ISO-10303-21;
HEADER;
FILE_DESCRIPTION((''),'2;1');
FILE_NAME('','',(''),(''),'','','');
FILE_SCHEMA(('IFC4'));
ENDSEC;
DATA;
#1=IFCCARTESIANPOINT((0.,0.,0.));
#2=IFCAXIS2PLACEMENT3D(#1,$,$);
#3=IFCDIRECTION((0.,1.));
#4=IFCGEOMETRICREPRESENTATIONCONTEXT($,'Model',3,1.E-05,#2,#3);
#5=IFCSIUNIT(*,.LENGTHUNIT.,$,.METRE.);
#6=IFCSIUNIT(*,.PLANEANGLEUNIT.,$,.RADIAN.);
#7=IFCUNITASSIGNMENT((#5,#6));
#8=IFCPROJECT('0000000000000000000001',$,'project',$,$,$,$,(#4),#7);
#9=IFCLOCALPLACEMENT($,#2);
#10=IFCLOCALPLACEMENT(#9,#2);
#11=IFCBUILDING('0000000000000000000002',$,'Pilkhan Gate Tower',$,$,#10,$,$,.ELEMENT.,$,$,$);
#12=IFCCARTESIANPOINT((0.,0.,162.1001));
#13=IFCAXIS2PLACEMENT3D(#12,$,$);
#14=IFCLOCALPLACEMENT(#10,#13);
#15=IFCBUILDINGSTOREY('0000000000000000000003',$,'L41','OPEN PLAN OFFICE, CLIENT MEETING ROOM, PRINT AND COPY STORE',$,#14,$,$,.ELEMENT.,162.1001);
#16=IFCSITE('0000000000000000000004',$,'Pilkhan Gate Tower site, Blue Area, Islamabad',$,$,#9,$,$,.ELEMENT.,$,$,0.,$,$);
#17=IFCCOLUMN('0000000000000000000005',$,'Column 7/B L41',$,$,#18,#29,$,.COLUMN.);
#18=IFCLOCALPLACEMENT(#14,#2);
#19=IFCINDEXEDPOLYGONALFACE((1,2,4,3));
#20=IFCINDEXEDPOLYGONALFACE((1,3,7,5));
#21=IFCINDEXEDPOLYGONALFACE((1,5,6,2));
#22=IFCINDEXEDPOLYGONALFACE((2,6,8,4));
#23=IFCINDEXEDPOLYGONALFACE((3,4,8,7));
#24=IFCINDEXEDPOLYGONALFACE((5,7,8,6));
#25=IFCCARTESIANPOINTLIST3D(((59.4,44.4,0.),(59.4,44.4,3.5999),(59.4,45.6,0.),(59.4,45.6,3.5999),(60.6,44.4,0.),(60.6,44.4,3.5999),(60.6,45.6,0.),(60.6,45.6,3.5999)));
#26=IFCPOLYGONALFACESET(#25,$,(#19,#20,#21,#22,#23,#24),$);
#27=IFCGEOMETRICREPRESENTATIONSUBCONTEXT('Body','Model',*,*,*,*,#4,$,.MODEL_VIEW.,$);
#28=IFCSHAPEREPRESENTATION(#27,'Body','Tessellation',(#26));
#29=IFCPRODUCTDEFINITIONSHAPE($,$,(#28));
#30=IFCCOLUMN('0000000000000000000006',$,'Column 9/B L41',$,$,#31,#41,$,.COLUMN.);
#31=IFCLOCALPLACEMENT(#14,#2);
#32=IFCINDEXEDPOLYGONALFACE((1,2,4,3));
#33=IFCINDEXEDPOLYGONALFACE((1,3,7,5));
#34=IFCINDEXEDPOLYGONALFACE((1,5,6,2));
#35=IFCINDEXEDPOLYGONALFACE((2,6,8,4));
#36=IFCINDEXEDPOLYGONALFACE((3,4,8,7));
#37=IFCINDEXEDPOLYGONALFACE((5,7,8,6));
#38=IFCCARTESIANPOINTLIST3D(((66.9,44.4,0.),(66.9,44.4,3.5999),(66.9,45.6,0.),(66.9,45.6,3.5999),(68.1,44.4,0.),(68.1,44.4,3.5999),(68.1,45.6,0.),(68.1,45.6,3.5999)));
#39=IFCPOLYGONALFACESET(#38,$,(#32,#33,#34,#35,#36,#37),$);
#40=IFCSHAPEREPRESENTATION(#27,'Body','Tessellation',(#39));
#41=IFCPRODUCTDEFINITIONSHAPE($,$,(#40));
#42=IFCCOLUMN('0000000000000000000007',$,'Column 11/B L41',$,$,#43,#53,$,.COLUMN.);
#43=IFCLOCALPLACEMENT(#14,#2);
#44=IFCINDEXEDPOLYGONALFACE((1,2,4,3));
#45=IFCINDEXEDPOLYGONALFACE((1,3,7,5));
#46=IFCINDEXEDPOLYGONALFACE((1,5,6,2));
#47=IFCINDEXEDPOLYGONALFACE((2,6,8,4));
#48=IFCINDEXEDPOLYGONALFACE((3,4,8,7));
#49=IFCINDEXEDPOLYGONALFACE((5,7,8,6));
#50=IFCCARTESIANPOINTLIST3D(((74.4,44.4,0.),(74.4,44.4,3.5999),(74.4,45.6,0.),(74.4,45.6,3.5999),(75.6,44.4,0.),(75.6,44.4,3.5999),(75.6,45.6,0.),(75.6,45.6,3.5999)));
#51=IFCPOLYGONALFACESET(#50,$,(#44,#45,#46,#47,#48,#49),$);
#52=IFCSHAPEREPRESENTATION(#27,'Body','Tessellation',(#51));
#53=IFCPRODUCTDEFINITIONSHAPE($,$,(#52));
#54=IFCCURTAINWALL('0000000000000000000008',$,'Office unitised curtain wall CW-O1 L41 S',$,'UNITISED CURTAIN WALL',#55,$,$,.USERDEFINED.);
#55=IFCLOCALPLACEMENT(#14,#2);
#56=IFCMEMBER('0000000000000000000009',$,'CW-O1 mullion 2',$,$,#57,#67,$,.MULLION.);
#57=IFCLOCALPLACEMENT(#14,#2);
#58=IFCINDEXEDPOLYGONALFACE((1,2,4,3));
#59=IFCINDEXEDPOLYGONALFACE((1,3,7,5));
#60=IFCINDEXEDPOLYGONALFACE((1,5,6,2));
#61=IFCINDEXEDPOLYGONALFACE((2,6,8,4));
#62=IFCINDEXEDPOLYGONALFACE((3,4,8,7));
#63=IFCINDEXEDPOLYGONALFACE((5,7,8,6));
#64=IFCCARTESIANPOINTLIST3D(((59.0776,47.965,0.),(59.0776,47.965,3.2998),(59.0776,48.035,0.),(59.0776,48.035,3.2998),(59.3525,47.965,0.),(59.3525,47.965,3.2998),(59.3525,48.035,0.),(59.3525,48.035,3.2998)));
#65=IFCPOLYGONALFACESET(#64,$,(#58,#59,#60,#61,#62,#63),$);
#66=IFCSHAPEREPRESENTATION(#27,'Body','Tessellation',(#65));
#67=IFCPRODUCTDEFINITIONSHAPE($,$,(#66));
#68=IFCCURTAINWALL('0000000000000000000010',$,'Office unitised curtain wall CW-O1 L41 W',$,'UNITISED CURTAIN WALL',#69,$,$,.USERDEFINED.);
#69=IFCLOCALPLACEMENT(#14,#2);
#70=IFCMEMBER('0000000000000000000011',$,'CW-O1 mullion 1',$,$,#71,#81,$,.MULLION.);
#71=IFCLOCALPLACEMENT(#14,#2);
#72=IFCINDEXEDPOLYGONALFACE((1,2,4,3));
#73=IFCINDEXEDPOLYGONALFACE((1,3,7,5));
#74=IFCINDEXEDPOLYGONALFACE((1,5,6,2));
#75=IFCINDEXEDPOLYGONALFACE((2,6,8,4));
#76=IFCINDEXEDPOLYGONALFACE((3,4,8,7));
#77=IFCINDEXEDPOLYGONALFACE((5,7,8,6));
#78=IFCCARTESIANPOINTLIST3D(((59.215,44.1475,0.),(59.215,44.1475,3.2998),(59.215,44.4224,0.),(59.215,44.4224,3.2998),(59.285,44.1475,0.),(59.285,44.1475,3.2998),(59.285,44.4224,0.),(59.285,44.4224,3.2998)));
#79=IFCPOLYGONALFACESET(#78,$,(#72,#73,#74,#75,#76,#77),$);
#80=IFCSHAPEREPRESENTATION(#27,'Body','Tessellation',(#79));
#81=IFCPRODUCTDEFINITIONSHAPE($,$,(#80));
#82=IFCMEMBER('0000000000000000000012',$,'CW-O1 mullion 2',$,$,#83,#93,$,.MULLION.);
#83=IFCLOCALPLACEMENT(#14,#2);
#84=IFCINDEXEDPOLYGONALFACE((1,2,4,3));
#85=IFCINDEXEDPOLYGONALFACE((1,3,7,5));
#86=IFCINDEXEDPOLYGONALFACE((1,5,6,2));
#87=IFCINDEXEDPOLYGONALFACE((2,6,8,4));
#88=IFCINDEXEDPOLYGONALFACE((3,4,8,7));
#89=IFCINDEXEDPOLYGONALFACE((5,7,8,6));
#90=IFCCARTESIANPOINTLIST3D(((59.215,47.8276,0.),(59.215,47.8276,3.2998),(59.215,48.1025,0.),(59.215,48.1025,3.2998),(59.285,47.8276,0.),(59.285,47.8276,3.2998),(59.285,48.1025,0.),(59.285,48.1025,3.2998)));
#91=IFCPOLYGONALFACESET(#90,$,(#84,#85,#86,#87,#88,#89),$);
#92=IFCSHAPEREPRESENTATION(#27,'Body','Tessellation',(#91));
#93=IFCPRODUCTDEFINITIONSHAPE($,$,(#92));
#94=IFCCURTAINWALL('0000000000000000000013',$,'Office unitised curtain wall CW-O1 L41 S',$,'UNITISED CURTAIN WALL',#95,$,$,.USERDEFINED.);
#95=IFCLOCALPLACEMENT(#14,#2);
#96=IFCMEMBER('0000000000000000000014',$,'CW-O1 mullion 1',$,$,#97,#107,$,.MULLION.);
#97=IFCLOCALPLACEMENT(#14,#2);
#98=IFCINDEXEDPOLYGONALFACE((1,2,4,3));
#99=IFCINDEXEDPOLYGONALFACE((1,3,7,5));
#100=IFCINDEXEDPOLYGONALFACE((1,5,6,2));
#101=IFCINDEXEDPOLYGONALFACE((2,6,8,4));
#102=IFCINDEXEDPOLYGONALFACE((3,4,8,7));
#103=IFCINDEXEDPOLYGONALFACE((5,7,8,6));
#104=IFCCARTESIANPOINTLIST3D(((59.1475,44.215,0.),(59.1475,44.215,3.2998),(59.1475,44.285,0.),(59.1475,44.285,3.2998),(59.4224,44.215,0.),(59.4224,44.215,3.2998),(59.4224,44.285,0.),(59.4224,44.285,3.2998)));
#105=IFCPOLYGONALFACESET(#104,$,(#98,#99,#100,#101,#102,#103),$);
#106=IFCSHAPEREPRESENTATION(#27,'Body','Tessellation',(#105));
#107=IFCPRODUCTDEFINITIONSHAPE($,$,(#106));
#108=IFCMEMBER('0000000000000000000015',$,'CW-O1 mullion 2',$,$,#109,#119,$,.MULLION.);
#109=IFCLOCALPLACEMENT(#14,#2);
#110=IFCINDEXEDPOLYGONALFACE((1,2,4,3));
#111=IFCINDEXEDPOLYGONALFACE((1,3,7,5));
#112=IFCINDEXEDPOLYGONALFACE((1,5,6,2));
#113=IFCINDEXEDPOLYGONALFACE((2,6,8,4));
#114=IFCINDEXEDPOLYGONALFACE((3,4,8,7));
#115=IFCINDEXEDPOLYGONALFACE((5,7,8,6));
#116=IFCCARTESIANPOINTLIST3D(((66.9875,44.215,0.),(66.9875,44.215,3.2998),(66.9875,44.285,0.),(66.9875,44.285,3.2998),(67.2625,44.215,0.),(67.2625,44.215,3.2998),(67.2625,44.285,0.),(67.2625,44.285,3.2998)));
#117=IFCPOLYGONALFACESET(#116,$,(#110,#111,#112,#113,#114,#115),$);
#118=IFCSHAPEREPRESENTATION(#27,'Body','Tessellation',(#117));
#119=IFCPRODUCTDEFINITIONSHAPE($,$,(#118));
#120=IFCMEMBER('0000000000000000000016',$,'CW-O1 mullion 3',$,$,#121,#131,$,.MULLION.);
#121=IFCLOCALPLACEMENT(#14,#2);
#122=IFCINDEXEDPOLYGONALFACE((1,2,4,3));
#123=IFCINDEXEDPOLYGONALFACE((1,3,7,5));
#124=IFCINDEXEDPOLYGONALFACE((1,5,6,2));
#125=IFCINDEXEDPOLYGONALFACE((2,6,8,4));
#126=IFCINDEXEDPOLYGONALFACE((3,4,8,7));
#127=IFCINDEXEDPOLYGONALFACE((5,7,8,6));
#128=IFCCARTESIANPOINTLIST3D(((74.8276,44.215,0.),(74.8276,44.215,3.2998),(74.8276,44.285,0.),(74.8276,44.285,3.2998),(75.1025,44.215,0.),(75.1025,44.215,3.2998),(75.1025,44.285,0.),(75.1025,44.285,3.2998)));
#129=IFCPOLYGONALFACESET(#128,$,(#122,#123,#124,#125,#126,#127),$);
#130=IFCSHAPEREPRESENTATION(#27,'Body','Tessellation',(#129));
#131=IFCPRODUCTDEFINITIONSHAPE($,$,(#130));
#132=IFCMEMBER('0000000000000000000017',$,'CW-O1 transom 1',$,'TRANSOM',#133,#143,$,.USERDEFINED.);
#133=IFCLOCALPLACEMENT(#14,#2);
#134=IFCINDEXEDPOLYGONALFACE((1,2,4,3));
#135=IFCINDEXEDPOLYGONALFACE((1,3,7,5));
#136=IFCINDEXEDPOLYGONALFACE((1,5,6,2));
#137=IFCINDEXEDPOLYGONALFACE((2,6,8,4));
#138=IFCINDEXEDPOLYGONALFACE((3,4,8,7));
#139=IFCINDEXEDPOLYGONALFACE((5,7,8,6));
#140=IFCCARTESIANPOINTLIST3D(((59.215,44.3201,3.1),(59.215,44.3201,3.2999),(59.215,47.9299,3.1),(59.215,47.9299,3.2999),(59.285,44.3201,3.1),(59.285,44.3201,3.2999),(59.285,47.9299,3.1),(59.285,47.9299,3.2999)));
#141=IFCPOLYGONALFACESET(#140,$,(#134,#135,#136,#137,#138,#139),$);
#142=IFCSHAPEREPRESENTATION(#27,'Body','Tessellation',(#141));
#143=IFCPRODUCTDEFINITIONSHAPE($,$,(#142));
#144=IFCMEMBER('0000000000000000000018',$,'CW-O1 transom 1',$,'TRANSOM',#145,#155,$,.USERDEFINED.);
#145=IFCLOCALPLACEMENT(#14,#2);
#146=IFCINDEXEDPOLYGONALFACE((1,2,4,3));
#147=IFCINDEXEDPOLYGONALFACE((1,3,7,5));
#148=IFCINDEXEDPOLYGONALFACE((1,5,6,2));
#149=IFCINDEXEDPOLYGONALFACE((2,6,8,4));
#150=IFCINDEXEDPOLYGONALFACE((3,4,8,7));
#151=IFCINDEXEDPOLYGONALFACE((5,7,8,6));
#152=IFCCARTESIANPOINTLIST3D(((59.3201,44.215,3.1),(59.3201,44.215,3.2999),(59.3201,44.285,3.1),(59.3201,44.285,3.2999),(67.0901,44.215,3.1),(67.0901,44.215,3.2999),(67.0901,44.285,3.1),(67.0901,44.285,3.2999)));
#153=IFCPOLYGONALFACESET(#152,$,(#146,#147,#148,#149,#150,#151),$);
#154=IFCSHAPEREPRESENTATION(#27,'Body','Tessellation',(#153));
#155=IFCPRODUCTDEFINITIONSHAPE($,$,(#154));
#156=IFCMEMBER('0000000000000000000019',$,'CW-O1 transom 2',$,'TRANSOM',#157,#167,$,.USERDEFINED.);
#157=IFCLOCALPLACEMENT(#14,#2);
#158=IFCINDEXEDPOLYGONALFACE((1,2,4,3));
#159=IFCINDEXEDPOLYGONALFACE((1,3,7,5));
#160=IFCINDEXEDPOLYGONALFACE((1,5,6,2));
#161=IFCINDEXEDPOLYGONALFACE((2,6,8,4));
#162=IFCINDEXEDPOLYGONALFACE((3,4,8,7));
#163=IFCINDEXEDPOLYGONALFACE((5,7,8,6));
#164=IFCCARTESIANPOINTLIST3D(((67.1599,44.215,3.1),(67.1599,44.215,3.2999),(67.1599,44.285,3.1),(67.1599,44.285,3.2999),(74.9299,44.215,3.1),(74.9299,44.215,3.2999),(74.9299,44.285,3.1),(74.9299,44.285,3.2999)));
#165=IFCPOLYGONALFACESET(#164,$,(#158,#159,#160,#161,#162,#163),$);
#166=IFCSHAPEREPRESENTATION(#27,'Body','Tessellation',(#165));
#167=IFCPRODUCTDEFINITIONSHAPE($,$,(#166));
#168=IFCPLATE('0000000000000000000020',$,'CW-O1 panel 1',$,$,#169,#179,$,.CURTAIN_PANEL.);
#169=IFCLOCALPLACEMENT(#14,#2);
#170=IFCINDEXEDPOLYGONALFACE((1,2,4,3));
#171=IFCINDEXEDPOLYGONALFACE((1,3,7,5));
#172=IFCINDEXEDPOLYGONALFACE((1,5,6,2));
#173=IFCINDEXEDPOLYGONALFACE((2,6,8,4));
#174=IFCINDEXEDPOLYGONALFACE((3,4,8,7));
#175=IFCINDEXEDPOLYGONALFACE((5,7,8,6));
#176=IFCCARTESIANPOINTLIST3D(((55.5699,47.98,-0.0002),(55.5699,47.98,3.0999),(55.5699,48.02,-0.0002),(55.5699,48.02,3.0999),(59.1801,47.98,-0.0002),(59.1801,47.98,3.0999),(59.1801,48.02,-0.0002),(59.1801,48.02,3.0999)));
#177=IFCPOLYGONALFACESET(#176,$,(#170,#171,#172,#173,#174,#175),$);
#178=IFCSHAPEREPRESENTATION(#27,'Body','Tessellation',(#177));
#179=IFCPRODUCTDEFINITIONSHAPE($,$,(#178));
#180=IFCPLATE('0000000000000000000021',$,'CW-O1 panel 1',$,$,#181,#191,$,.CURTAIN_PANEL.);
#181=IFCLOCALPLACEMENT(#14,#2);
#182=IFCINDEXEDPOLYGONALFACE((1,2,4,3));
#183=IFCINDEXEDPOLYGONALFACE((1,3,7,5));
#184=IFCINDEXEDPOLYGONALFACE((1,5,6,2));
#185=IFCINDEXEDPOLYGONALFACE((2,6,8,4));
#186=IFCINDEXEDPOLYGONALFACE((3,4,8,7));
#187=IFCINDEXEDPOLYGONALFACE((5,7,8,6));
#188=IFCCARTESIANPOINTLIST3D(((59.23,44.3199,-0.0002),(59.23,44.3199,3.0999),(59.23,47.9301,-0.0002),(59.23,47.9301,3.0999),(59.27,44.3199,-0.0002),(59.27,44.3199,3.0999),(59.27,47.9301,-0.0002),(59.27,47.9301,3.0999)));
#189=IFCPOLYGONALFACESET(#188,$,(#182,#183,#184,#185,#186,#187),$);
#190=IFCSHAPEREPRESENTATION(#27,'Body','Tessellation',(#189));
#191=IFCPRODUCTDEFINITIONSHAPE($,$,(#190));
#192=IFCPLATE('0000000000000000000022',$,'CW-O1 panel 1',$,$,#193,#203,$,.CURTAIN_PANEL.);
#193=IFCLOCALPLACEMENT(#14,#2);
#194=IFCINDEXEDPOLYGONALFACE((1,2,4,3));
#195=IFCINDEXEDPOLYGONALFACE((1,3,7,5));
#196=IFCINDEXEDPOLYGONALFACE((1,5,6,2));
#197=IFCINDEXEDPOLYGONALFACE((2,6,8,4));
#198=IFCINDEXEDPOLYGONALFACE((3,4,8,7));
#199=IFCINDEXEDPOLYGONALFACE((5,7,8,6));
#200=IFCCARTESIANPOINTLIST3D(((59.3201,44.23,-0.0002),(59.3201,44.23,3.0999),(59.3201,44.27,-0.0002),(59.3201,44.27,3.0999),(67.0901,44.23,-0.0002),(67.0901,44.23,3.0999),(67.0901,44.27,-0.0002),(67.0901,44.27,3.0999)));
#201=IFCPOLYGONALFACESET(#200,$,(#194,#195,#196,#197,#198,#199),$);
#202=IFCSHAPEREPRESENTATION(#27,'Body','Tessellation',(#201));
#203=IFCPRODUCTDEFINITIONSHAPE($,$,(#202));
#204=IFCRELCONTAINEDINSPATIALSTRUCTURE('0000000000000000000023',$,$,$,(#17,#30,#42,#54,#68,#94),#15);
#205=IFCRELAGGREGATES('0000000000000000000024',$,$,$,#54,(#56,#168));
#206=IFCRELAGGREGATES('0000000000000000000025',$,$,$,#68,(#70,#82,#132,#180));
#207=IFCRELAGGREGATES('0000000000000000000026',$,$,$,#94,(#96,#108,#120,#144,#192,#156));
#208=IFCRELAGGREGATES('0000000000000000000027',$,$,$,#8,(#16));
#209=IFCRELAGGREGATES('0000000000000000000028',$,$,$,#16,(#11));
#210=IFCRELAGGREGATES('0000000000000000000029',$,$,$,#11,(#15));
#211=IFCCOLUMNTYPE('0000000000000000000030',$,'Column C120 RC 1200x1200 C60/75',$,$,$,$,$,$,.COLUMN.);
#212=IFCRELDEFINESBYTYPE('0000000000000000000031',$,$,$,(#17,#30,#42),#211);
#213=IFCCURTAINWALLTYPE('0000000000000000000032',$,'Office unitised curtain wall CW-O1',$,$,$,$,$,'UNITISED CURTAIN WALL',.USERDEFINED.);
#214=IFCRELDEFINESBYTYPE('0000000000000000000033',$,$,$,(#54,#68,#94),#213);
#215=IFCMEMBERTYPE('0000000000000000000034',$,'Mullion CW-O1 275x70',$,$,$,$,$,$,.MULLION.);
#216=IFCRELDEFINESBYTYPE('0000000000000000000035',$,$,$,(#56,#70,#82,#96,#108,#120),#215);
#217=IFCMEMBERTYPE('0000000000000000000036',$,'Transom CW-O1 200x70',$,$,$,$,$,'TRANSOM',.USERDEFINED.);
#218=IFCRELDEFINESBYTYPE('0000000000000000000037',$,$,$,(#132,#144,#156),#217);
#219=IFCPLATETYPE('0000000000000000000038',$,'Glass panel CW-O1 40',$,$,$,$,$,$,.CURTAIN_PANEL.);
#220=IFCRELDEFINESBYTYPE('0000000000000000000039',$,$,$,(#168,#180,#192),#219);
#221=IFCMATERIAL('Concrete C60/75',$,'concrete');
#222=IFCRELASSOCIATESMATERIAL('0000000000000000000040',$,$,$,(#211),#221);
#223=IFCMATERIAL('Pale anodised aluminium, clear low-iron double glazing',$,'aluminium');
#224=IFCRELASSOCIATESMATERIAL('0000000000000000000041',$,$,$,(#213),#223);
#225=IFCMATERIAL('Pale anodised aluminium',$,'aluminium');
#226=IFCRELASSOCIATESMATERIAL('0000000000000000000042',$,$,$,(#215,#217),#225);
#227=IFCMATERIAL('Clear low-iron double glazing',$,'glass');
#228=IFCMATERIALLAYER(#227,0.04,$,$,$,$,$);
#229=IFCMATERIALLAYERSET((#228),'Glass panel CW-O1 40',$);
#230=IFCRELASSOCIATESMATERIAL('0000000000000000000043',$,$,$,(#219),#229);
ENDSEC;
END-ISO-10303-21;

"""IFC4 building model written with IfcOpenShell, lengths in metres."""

from ifc_helpers import new_model, si_unit, direction, frame, origin, origin_2d, place, context, subcontext, project, spatial, rectangle, extrude, material, layer, layer_set, material_profile, profile_set, type_object, element, aggregate, save


model = new_model("IFC4")

# Units and contexts
model_context = context("Model", 3, precision=1e-05, world=origin(), true_north=direction((0.0, 1.0)))
body_context = subcontext(model_context, "Body", "Model", "MODEL_VIEW")
ifc_project = project(units=[si_unit("LENGTHUNIT", "METRE"), si_unit("PLANEANGLEUNIT", "RADIAN")], contexts=[model_context])

# Site, building, storey
site_placement = place(None, origin())
site = spatial("IfcSite", under=ifc_project, at=site_placement, Name="Pilkhan Gate Tower site, Blue Area, Islamabad", CompositionType="ELEMENT", RefElevation=0.0)
building_placement = place(site_placement, origin())
building = spatial("IfcBuilding", under=site, at=building_placement, Name="Pilkhan Gate Tower", CompositionType="ELEMENT")
storey_placement = place(building_placement, frame((0.0, 0.0, 162.1001)))
storey = spatial("IfcBuildingStorey", under=building, at=storey_placement, Name="L41", Description="OPEN PLAN OFFICE, CLIENT MEETING ROOM, PRINT AND COPY STORE", CompositionType="ELEMENT", Elevation=162.1001)

# Columns
ifc_material_1 = material(Name="Concrete C60/75", Category="concrete")
ifc_material_profile_1 = material_profile(ifc_material_1, rectangle(XDim=1.2, YDim=1.2, at=origin_2d()), Name="RC 1200x1200")
ifc_profile_set_1 = profile_set([ifc_material_profile_1], Name="Concrete C60/75")
column_type = type_object("IfcColumnType", Name="Column C120 RC 1200x1200 C60/75", PredefinedType="COLUMN", material=ifc_profile_set_1)
for number, where, z_axis, x_axis, name in (
    (1, (60.0, 45.0, 0.0), (0.0, 0.0, 1.0), (1.0, 0.0, 0.0), "Column 7/B L41"),
    (2, (67.5, 45.0, 0.0), (0.0, 0.0, 1.0), (1.0, 0.0, 0.0), "Column 9/B L41"),
    (3, (75.0, 45.0, 0.0), (0.0, 0.0, 1.0), (1.0, 0.0, 0.0), "Column 11/B L41"),
):
    element("IfcColumn", number, at=place(storey_placement, frame(where, z_axis=z_axis, x_axis=x_axis)), inside=storey, type_object=column_type, Name=name, PredefinedType="COLUMN", context=body_context, shape_type="SweptSolid", body=[
        extrude(rectangle(XDim=1.2, YDim=1.2, at=origin_2d()), origin(), (0.0, 0.0, 1.0), 3.5999),
    ])

# Curtain wall, member
ifc_material_2 = material(Name="Pale anodised aluminium, clear low-iron double glazing", Category="aluminium")
curtain_wall_type = type_object("IfcCurtainWallType", Name="Office unitised curtain wall CW-O1", ElementType="UNITISED CURTAIN WALL", PredefinedType="USERDEFINED", material=ifc_material_2)
curtain_wall_1_placement = place(storey_placement, origin())
curtain_wall_1 = element("IfcCurtainWall", 4, at=curtain_wall_1_placement, inside=storey, type_object=curtain_wall_type, Name="Office unitised curtain wall CW-O1 L41 S", ObjectType="UNITISED CURTAIN WALL", PredefinedType="USERDEFINED")
ifc_material_3 = material(Name="Pale anodised aluminium", Category="aluminium")
ifc_material_profile_2 = material_profile(ifc_material_3, rectangle(XDim=0.0701, YDim=0.2749, at=origin_2d()), Name="Mullion 275x70")
ifc_profile_set_2 = profile_set([ifc_material_profile_2], Name="Pale anodised aluminium")
member_type_1 = type_object("IfcMemberType", Name="Mullion CW-O1 275x70", PredefinedType="MULLION", material=ifc_profile_set_2)
member_1_placement = place(storey_placement, frame((59.2151, 48.0, 0.0), z_axis=(0.0, 0.0, 1.0), x_axis=(0.0, 1.0, 0.0)))
member_1 = element("IfcMember", 5, at=member_1_placement, type_object=member_type_1, Name="CW-O1 mullion 2", PredefinedType="MULLION", context=body_context, shape_type="SweptSolid", body=[
    extrude(rectangle(XDim=0.0701, YDim=0.2749, at=origin_2d()), origin(), (0.0, 0.0, 1.0), 3.2998),
])

# Curtain walls, members
curtain_wall_2_placement = place(storey_placement, origin())
curtain_wall_2 = element("IfcCurtainWall", 6, at=curtain_wall_2_placement, inside=storey, type_object=curtain_wall_type, Name="Office unitised curtain wall CW-O1 L41 W", ObjectType="UNITISED CURTAIN WALL", PredefinedType="USERDEFINED")
member_2_placement = place(storey_placement, frame((59.25, 44.2849, 0.0), z_axis=(0.0, 0.0, 1.0), x_axis=(-1.0, 0.0, 0.0)))
member_2 = element("IfcMember", 7, at=member_2_placement, type_object=member_type_1, Name="CW-O1 mullion 1", PredefinedType="MULLION", context=body_context, shape_type="SweptSolid", body=[
    extrude(rectangle(XDim=0.0701, YDim=0.2749, at=origin_2d()), origin(), (0.0, 0.0, 1.0), 3.2998),
])
member_3_placement = place(storey_placement, frame((59.25, 47.9651, 0.0), z_axis=(0.0, 0.0, 1.0), x_axis=(-1.0, 0.0, 0.0)))
member_3 = element("IfcMember", 8, at=member_3_placement, type_object=member_type_1, Name="CW-O1 mullion 2", PredefinedType="MULLION", context=body_context, shape_type="SweptSolid", body=[
    extrude(rectangle(XDim=0.0701, YDim=0.2749, at=origin_2d()), origin(), (0.0, 0.0, 1.0), 3.2998),
])
curtain_wall_3_placement = place(storey_placement, origin())
curtain_wall_3 = element("IfcCurtainWall", 9, at=curtain_wall_3_placement, inside=storey, type_object=curtain_wall_type, Name="Office unitised curtain wall CW-O1 L41 S", ObjectType="UNITISED CURTAIN WALL", PredefinedType="USERDEFINED")
member_4_placement = place(storey_placement, frame((59.2849, 44.25, 0.0), z_axis=(0.0, 0.0, 1.0), x_axis=(0.0, 1.0, 0.0)))
member_4 = element("IfcMember", 10, at=member_4_placement, type_object=member_type_1, Name="CW-O1 mullion 1", PredefinedType="MULLION", context=body_context, shape_type="SweptSolid", body=[
    extrude(rectangle(XDim=0.0701, YDim=0.2749, at=origin_2d()), origin(), (0.0, 0.0, 1.0), 3.2998),
])
member_5_placement = place(storey_placement, frame((67.125, 44.25, 0.0), z_axis=(0.0, 0.0, 1.0), x_axis=(0.0, 1.0, 0.0)))
member_5 = element("IfcMember", 11, at=member_5_placement, type_object=member_type_1, Name="CW-O1 mullion 2", PredefinedType="MULLION", context=body_context, shape_type="SweptSolid", body=[
    extrude(rectangle(XDim=0.0701, YDim=0.2749, at=origin_2d()), origin(), (0.0, 0.0, 1.0), 3.2998),
])
member_6_placement = place(storey_placement, frame((74.9651, 44.25, 0.0), z_axis=(0.0, 0.0, 1.0), x_axis=(0.0, 1.0, 0.0)))
member_6 = element("IfcMember", 12, at=member_6_placement, type_object=member_type_1, Name="CW-O1 mullion 3", PredefinedType="MULLION", context=body_context, shape_type="SweptSolid", body=[
    extrude(rectangle(XDim=0.0701, YDim=0.2749, at=origin_2d()), origin(), (0.0, 0.0, 1.0), 3.2998),
])

# Members
ifc_material_profile_3 = material_profile(ifc_material_3, rectangle(XDim=0.0701, YDim=0.2, at=origin_2d()), Name="Transom 200x70")
ifc_profile_set_3 = profile_set([ifc_material_profile_3], Name="Pale anodised aluminium")
member_type_2 = type_object("IfcMemberType", Name="Transom CW-O1 200x70", ElementType="TRANSOM", PredefinedType="USERDEFINED", material=ifc_profile_set_3)
member_7_placement = place(storey_placement, frame((59.25, 44.3201, 3.2), z_axis=(0.0, 1.0, 0.0), x_axis=(-1.0, 0.0, 0.0)))
member_7 = element("IfcMember", 13, at=member_7_placement, type_object=member_type_2, Name="CW-O1 transom 1", ObjectType="TRANSOM", PredefinedType="USERDEFINED", context=body_context, shape_type="SweptSolid", body=[
    extrude(rectangle(XDim=0.0701, YDim=0.2, at=origin_2d()), origin(), (0.0, 0.0, 1.0), 3.6099),
])
member_8_placement = place(storey_placement, frame((59.3201, 44.25, 3.2), z_axis=(1.0, 0.0, 0.0), x_axis=(0.0, 1.0, 0.0)))
member_8 = element("IfcMember", 14, at=member_8_placement, type_object=member_type_2, Name="CW-O1 transom 1", ObjectType="TRANSOM", PredefinedType="USERDEFINED", context=body_context, shape_type="SweptSolid", body=[
    extrude(rectangle(XDim=0.0701, YDim=0.2, at=origin_2d()), origin(), (0.0, 0.0, 1.0), 7.77),
])
member_9_placement = place(storey_placement, frame((67.1599, 44.25, 3.2), z_axis=(1.0, 0.0, 0.0), x_axis=(0.0, 1.0, 0.0)))
member_9 = element("IfcMember", 15, at=member_9_placement, type_object=member_type_2, Name="CW-O1 transom 2", ObjectType="TRANSOM", PredefinedType="USERDEFINED", context=body_context, shape_type="SweptSolid", body=[
    extrude(rectangle(XDim=0.0701, YDim=0.2, at=origin_2d()), origin(), (0.0, 0.0, 1.0), 7.77),
])

# Plates
ifc_material_4 = material(Name="Clear low-iron double glazing", Category="glass")
ifc_layer_1 = layer(ifc_material_4, 0.04)
ifc_layer_set_1 = layer_set([ifc_layer_1], Name="Glass panel CW-O1 40")
plate_type = type_object("IfcPlateType", Name="Glass panel CW-O1 40", PredefinedType="CURTAIN_PANEL", material=ifc_layer_set_1)
plate_1_placement = place(storey_placement, frame((57.375, 48.0, -0.0002), z_axis=(0.0, 0.0, 1.0), x_axis=(1.0, 0.0, 0.0)))
plate_1 = element("IfcPlate", 16, at=plate_1_placement, type_object=plate_type, Name="CW-O1 panel 1", PredefinedType="CURTAIN_PANEL", context=body_context, shape_type="SweptSolid", body=[
    extrude(rectangle(XDim=3.6101, YDim=0.04, at=origin_2d()), origin(), (0.0, 0.0, 1.0), 3.1001),
])
aggregate(curtain_wall_1, [member_1, plate_1])
plate_2_placement = place(storey_placement, frame((59.25, 46.125, -0.0002), z_axis=(0.0, 0.0, 1.0), x_axis=(0.0, 1.0, 0.0)))
plate_2 = element("IfcPlate", 17, at=plate_2_placement, type_object=plate_type, Name="CW-O1 panel 1", PredefinedType="CURTAIN_PANEL", context=body_context, shape_type="SweptSolid", body=[
    extrude(rectangle(XDim=3.6101, YDim=0.04, at=origin_2d()), origin(), (0.0, 0.0, 1.0), 3.1001),
])
aggregate(curtain_wall_2, [member_2, member_3, member_7, plate_2])
plate_3_placement = place(storey_placement, frame((63.2051, 44.25, -0.0002), z_axis=(0.0, 0.0, 1.0), x_axis=(1.0, 0.0, 0.0)))
plate_3 = element("IfcPlate", 18, at=plate_3_placement, type_object=plate_type, Name="CW-O1 panel 1", PredefinedType="CURTAIN_PANEL", context=body_context, shape_type="SweptSolid", body=[
    extrude(rectangle(XDim=7.77, YDim=0.04, at=origin_2d()), origin(), (0.0, 0.0, 1.0), 3.1001),
])
aggregate(curtain_wall_3, [member_4, member_5, member_6, member_8, plate_3, member_9])

save(model, "model.ifc")
